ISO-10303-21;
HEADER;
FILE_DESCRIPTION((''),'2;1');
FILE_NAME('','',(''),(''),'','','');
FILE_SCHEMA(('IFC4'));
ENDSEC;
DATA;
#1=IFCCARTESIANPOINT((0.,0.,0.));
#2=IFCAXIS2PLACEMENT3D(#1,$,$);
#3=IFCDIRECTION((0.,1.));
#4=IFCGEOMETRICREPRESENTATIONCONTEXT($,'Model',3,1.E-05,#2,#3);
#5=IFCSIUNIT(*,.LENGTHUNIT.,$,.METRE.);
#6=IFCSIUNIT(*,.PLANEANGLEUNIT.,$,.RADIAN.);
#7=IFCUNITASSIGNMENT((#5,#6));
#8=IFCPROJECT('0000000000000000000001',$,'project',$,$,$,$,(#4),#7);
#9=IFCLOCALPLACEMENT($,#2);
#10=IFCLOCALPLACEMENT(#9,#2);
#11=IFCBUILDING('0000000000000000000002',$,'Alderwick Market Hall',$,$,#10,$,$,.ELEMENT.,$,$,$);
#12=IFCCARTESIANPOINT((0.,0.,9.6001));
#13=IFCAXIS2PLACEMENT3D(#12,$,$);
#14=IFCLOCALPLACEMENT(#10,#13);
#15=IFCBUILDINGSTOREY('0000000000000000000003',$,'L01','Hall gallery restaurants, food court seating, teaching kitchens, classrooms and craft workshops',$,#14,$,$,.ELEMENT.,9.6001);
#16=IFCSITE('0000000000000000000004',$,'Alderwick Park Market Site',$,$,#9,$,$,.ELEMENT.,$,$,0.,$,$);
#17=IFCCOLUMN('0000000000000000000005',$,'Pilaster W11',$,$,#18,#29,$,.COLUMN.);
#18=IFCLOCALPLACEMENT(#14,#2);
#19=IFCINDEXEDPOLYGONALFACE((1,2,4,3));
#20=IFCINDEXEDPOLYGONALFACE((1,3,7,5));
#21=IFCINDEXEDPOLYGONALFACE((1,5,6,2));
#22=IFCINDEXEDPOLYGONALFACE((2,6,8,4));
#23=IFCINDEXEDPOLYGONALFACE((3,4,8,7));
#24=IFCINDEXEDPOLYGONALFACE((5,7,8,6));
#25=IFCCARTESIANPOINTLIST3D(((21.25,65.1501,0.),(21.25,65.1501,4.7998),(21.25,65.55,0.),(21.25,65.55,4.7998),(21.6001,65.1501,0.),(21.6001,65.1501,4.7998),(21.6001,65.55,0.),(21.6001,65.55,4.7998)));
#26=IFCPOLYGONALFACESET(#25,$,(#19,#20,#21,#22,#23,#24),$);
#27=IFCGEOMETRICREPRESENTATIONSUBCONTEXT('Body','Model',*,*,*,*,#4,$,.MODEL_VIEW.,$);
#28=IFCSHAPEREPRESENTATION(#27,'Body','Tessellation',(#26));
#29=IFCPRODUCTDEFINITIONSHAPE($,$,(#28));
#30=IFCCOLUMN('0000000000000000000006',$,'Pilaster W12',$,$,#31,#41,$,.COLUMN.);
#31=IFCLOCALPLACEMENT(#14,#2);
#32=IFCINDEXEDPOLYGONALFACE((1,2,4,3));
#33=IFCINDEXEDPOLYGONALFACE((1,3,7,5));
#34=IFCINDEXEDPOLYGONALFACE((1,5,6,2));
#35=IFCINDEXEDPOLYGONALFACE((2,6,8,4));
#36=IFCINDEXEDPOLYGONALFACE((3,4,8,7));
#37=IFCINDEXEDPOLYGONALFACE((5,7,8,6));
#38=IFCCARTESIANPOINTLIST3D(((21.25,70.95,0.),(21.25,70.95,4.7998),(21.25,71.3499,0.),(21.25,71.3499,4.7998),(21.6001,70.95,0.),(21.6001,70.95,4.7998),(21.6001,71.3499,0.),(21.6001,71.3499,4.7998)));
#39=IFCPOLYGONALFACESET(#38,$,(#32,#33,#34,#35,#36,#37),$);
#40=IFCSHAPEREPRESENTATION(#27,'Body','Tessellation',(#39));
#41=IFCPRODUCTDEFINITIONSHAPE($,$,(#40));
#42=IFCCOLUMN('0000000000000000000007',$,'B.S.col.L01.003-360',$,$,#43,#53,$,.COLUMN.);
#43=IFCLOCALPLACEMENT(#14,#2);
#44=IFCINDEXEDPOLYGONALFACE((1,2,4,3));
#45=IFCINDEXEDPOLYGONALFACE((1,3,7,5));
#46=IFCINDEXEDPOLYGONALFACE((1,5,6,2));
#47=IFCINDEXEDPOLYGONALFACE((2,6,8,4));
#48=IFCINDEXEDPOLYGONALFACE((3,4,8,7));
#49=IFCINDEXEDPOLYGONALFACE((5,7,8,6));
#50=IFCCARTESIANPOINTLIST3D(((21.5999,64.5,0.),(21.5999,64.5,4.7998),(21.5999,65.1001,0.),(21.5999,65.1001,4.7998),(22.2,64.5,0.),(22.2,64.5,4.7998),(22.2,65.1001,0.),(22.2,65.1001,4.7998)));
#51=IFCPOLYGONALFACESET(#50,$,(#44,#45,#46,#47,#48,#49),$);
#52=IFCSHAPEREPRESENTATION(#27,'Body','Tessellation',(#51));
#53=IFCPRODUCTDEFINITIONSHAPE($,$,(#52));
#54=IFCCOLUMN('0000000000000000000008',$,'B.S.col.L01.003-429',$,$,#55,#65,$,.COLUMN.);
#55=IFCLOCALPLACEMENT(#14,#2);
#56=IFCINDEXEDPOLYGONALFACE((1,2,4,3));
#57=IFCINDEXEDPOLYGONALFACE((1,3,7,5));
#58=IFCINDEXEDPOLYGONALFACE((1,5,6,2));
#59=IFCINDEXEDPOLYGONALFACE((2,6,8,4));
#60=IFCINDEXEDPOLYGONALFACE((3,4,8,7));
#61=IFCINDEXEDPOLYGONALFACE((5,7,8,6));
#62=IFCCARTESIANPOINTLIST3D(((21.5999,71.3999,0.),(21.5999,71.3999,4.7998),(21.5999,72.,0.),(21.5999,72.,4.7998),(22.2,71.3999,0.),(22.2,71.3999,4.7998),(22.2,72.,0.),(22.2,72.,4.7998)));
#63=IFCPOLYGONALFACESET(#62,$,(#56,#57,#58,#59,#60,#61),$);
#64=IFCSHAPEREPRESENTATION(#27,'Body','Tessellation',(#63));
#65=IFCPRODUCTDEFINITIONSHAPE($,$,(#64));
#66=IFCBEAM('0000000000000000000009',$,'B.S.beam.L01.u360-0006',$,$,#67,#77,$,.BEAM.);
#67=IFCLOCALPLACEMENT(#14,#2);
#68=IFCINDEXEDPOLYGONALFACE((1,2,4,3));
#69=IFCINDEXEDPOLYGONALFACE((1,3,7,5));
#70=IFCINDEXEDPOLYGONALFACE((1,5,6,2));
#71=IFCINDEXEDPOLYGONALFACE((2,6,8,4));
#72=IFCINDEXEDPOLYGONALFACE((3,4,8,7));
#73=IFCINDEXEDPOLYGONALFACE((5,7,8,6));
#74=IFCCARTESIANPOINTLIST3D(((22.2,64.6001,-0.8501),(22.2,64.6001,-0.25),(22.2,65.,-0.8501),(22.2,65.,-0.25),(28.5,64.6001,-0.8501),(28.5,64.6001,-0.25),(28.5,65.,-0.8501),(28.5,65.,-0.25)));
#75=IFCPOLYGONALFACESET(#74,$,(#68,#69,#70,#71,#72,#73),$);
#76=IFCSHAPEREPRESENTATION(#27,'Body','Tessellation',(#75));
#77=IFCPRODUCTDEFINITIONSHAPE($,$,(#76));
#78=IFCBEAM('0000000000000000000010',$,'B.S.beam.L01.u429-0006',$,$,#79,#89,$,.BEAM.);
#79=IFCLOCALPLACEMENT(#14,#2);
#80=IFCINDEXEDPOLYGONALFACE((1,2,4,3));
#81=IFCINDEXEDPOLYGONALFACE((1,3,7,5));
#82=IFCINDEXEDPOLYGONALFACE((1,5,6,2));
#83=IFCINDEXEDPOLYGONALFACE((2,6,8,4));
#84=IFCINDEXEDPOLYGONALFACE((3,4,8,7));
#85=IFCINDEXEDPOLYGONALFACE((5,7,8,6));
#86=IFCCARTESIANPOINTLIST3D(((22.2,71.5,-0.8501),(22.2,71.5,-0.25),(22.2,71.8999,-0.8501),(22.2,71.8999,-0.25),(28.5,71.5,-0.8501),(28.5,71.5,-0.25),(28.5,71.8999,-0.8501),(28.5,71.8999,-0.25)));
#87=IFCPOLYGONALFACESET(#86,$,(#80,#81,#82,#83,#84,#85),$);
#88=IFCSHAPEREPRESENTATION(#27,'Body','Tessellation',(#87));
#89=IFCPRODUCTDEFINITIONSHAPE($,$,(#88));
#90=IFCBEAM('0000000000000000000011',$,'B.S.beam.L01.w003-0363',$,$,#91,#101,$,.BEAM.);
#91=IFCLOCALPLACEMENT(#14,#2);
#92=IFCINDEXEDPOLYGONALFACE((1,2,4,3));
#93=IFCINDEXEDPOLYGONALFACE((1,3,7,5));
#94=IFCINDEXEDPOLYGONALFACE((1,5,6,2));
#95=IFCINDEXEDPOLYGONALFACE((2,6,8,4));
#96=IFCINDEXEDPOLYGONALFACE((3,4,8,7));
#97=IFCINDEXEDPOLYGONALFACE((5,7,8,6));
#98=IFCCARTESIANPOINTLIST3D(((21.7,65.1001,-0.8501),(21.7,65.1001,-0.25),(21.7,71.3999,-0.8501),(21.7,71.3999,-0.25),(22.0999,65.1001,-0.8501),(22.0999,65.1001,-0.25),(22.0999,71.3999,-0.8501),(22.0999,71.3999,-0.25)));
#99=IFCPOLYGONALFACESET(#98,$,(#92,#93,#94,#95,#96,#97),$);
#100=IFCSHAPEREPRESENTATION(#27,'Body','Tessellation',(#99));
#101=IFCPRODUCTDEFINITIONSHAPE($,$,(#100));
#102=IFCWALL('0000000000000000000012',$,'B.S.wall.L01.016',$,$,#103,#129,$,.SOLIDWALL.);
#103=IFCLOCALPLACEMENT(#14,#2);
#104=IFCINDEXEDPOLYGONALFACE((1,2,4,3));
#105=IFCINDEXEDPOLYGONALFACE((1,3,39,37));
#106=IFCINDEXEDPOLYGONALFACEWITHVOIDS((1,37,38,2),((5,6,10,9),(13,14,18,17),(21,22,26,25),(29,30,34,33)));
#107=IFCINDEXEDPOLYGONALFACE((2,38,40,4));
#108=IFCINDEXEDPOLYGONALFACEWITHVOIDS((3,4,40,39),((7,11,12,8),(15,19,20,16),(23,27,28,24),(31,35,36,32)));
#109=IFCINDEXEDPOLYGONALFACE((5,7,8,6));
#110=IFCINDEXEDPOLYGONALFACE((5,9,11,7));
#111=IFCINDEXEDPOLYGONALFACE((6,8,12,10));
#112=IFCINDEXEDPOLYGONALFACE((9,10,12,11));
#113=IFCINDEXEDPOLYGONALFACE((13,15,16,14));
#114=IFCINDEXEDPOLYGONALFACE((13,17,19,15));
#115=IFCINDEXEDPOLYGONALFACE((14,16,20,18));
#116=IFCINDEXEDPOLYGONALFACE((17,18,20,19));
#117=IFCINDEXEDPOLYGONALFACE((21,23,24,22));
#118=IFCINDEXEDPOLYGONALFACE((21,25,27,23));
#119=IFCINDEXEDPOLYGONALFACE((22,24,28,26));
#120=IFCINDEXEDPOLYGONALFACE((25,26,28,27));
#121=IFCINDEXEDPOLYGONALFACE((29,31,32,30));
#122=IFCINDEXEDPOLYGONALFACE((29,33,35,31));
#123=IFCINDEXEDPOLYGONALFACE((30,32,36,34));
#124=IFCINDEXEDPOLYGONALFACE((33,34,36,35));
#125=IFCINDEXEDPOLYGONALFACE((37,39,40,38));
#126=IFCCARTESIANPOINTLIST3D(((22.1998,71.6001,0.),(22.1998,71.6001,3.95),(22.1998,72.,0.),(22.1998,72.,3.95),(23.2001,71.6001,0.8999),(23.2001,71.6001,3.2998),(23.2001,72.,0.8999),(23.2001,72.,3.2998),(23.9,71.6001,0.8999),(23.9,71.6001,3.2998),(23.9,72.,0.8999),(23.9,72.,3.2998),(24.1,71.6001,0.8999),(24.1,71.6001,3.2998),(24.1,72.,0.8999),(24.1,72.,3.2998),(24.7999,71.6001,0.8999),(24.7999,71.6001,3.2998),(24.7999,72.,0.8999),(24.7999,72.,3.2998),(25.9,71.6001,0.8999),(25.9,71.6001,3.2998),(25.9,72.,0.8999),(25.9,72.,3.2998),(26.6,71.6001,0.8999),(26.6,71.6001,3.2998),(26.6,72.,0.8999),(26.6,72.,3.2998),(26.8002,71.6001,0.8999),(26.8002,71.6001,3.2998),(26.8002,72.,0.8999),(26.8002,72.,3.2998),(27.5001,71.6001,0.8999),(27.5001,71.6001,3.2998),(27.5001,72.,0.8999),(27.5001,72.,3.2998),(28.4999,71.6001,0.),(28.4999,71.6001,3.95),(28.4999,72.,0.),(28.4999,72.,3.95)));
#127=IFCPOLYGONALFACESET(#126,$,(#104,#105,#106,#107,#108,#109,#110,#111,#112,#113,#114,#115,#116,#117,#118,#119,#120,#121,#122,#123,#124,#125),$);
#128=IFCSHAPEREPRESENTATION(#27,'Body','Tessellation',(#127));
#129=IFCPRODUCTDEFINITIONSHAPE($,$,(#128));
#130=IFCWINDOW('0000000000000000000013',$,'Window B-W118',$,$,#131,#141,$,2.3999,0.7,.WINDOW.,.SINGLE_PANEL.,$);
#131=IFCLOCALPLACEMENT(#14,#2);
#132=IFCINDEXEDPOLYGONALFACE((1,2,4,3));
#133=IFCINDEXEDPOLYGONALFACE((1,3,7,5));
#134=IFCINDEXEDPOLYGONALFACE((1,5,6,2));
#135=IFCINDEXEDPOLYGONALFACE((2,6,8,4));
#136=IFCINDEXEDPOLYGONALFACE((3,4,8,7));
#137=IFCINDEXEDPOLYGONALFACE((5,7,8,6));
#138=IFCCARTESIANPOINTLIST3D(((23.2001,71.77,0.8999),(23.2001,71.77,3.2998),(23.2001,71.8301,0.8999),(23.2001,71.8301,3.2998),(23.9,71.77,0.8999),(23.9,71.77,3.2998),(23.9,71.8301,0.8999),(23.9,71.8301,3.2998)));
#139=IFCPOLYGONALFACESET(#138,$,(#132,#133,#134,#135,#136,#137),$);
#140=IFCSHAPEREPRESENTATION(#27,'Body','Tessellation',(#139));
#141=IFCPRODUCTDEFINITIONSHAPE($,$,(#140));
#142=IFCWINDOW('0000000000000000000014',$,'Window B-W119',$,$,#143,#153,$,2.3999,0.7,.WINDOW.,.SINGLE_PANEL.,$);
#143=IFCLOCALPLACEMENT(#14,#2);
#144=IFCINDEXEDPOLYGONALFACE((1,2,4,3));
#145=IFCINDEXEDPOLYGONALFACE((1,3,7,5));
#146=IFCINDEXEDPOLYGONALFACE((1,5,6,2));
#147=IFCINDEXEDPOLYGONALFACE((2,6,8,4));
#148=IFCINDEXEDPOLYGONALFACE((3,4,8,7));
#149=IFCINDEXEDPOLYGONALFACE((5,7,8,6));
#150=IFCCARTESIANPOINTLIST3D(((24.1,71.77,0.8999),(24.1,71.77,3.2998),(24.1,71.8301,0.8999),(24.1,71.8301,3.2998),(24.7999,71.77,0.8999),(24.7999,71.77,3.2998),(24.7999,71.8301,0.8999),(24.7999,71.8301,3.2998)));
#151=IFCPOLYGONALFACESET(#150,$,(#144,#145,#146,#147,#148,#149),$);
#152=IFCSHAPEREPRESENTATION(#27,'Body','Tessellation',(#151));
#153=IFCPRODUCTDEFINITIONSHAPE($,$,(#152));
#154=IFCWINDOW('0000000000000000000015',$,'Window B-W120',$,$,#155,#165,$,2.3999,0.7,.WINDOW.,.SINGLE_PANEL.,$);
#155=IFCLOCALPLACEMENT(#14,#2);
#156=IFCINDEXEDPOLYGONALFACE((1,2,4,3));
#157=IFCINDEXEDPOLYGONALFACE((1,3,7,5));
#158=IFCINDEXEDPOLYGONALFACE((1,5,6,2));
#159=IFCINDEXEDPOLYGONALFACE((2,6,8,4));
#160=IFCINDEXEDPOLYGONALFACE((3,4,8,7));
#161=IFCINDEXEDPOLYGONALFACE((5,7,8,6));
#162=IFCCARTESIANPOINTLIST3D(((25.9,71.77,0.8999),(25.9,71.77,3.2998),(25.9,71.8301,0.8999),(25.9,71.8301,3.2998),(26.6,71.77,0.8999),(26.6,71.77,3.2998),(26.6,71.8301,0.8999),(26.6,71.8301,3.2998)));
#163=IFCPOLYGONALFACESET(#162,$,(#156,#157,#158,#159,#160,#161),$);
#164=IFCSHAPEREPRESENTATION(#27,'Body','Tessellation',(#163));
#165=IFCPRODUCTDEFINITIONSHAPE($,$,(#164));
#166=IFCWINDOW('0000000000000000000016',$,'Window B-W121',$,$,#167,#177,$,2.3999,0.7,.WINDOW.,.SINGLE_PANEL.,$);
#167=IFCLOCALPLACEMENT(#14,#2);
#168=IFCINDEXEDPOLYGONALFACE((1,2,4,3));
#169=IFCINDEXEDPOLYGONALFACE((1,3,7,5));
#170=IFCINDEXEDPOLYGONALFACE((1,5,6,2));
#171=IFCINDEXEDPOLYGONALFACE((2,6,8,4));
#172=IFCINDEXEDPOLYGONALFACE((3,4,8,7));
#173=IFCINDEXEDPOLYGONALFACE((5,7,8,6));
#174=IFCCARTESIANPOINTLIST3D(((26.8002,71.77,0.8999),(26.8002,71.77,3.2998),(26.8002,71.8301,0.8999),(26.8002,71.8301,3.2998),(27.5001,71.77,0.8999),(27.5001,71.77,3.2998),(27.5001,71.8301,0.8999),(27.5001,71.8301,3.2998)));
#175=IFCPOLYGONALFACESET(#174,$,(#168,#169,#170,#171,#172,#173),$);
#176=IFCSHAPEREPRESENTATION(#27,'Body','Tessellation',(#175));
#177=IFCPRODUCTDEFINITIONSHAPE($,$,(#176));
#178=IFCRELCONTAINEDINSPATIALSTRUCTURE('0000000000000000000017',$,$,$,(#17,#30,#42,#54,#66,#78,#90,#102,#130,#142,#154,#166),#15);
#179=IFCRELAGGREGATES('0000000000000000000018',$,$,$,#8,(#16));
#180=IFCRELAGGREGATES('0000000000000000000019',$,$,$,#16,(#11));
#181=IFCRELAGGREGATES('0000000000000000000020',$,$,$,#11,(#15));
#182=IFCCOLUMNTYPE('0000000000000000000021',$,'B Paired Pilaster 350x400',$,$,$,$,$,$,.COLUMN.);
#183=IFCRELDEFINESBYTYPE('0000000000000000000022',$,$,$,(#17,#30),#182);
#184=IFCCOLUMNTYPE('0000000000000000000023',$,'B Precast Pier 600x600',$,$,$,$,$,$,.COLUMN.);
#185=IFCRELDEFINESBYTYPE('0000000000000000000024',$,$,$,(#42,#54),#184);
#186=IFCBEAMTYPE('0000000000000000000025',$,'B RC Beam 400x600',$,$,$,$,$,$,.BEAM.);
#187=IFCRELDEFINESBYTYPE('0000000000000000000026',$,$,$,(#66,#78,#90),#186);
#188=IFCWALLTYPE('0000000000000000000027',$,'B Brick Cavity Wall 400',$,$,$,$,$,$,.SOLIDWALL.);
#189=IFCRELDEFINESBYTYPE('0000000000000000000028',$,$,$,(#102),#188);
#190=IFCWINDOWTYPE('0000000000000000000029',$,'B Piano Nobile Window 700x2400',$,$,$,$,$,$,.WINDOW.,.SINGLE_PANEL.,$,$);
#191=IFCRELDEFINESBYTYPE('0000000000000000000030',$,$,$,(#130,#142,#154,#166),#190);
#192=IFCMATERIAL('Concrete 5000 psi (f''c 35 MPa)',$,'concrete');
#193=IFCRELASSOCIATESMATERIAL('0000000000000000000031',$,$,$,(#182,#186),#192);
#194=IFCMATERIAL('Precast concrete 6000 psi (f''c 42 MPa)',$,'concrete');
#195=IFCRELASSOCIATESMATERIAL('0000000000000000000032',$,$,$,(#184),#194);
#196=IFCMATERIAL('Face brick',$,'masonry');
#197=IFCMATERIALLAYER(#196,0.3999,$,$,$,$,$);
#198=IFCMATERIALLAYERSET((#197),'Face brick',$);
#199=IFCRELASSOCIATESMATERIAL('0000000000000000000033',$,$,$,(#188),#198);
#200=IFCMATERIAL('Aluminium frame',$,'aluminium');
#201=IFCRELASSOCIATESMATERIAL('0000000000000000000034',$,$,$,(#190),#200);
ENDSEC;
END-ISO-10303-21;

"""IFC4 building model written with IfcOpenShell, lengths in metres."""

from ifc_helpers import new_model, si_unit, direction, frame, frame_2d, origin, origin_2d, place, context, subcontext, project, spatial, rectangle, extrude, material, layer, layer_set, material_profile, profile_set, type_object, element, fill, save


model = new_model("IFC4")

# Units and contexts
model_context = context("Model", 3, precision=1e-05, world=origin(), true_north=direction((0.0, 1.0)))
body_context = subcontext(model_context, "Body", "Model", "MODEL_VIEW")
ifc_project = project(units=[si_unit("LENGTHUNIT", "METRE"), si_unit("PLANEANGLEUNIT", "RADIAN")], contexts=[model_context])

# Site, building, storey
site_placement = place(None, origin())
site = spatial("IfcSite", under=ifc_project, at=site_placement, Name="Alderwick Park Market Site", CompositionType="ELEMENT", RefElevation=0.0)
building_placement = place(site_placement, origin())
building = spatial("IfcBuilding", under=site, at=building_placement, Name="Alderwick Market Hall", CompositionType="ELEMENT")
storey_placement = place(building_placement, frame((0.0, 0.0, 9.6001)))
storey = spatial("IfcBuildingStorey", under=building, at=storey_placement, Name="L01", Description="Hall gallery restaurants, food court seating, teaching kitchens, classrooms and craft workshops", CompositionType="ELEMENT", Elevation=9.6001)

# Columns
ifc_material_1 = material(Name="Concrete 5000 psi (f'c 35 MPa)", Category="concrete")
ifc_material_profile_1 = material_profile(ifc_material_1, rectangle(XDim=0.3501, YDim=0.3999, at=origin_2d()), Name="B Paired Pilaster 350x400")
ifc_profile_set_1 = profile_set([ifc_material_profile_1], Name="Concrete 5000 psi (f'c 35 MPa)")
column_type_1 = type_object("IfcColumnType", Name="B Paired Pilaster 350x400", PredefinedType="COLUMN", material=ifc_profile_set_1)
for number, where, z_axis, x_axis, name in (
    (1, (21.425, 65.3501, 0.0), (0.0, 0.0, 1.0), (1.0, 0.0, 0.0), "Pilaster W11"),
    (2, (21.425, 71.1499, 0.0), (0.0, 0.0, 1.0), (1.0, 0.0, 0.0), "Pilaster W12"),
):
    element("IfcColumn", number, at=place(storey_placement, frame(where, z_axis=z_axis, x_axis=x_axis)), inside=storey, type_object=column_type_1, Name=name, PredefinedType="COLUMN", context=body_context, shape_type="SweptSolid", body=[
        extrude(rectangle(XDim=0.3501, YDim=0.3999, at=origin_2d()), origin(), (0.0, 0.0, 1.0), 4.7998),
    ])
ifc_material_2 = material(Name="Precast concrete 6000 psi (f'c 42 MPa)", Category="concrete")
ifc_material_profile_2 = material_profile(ifc_material_2, rectangle(XDim=0.6001, YDim=0.6001, at=origin_2d()), Name="B Precast Pier 600x600")
ifc_profile_set_2 = profile_set([ifc_material_profile_2], Name="Precast concrete 6000 psi (f'c 42 MPa)")
column_type_2 = type_object("IfcColumnType", Name="B Precast Pier 600x600", PredefinedType="COLUMN", material=ifc_profile_set_2)
for number, where, z_axis, x_axis, name in (
    (3, (21.8999, 64.8, 0.0), (0.0, 0.0, 1.0), (1.0, 0.0, 0.0), "B.S.col.L01.003-360"),
    (4, (21.8999, 71.7, 0.0), (0.0, 0.0, 1.0), (1.0, 0.0, 0.0), "B.S.col.L01.003-429"),
):
    element("IfcColumn", number, at=place(storey_placement, frame(where, z_axis=z_axis, x_axis=x_axis)), inside=storey, type_object=column_type_2, Name=name, PredefinedType="COLUMN", context=body_context, shape_type="SweptSolid", body=[
        extrude(rectangle(XDim=0.6001, YDim=0.6001, at=origin_2d()), origin(), (0.0, 0.0, 1.0), 4.7998),
    ])

# Beams
ifc_material_profile_3 = material_profile(ifc_material_1, rectangle(XDim=0.3999, YDim=0.6001, at=origin_2d()), Name="B RC Beam 400x600")
ifc_profile_set_3 = profile_set([ifc_material_profile_3], Name="Concrete 5000 psi (f'c 35 MPa)")
beam_type = type_object("IfcBeamType", Name="B RC Beam 400x600", PredefinedType="BEAM", material=ifc_profile_set_3)
for number, where, z_axis, x_axis, name in (
    (5, (22.2, 64.8, -0.55), (1.0, 0.0, 0.0), (0.0, 1.0, 0.0), "B.S.beam.L01.u360-0006"),
    (6, (22.2, 71.7, -0.55), (1.0, 0.0, 0.0), (0.0, 1.0, 0.0), "B.S.beam.L01.u429-0006"),
):
    element("IfcBeam", number, at=place(storey_placement, frame(where, z_axis=z_axis, x_axis=x_axis)), inside=storey, type_object=beam_type, Name=name, PredefinedType="BEAM", context=body_context, shape_type="SweptSolid", body=[
        extrude(rectangle(XDim=0.3999, YDim=0.6001, at=origin_2d()), origin(), (0.0, 0.0, 1.0), 6.3),
    ])
beam_placement = place(storey_placement, frame((21.8999, 65.1001, -0.55), z_axis=(0.0, 1.0, 0.0), x_axis=(-1.0, 0.0, 0.0)))
element("IfcBeam", 7, at=beam_placement, inside=storey, type_object=beam_type, Name="B.S.beam.L01.w003-0363", PredefinedType="BEAM", context=body_context, shape_type="SweptSolid", body=[
    extrude(rectangle(XDim=0.3999, YDim=0.6001, at=origin_2d()), origin(), (0.0, 0.0, 1.0), 6.2998),
])

# Wall, openings, windows
ifc_material_3 = material(Name="Face brick", Category="masonry")
ifc_layer_1 = layer(ifc_material_3, 0.3999)
ifc_layer_set_1 = layer_set([ifc_layer_1], Name="Face brick")
wall_type_1 = type_object("IfcWallType", Name="B Brick Cavity Wall 400", PredefinedType="SOLIDWALL", material=ifc_layer_set_1)
wall_1_placement = place(storey_placement, frame((22.2, 71.8, 0.0), z_axis=(0.0, 0.0, 1.0), x_axis=(1.0, 0.0, 0.0)))
wall_1 = element("IfcWall", 8, at=wall_1_placement, inside=storey, type_object=wall_type_1, Name="B.S.wall.L01.016", PredefinedType="SOLIDWALL", context=body_context, shape_type="SweptSolid", body=[
    extrude(rectangle(XDim=6.3, YDim=0.3999, at=frame_2d((3.1499, 0.0))), origin(), (0.0, 0.0, 1.0), 3.95),
])
opening_1_placement = place(wall_1_placement, frame((1.0, 0.0, 0.8999)))
opening_1 = element("IfcOpeningElement", 9, at=opening_1_placement, cuts=wall_1, PredefinedType="OPENING", context=body_context, shape_type="SweptSolid", body=[
    extrude(rectangle(XDim=0.7, YDim=2.3999, at=frame_2d((0.3501, 1.2))), frame((0.0, 0.21, 0.0), z_axis=(0.0, -1.0, 0.0), x_axis=(1.0, 0.0, 0.0)), (0.0, 0.0, 1.0), 0.4199),
])
opening_2_placement = place(wall_1_placement, frame((1.8999, 0.0, 0.8999)))
opening_2 = element("IfcOpeningElement", 10, at=opening_2_placement, cuts=wall_1, PredefinedType="OPENING", context=body_context, shape_type="SweptSolid", body=[
    extrude(rectangle(XDim=0.7, YDim=2.3999, at=frame_2d((0.3501, 1.2))), frame((0.0, 0.21, 0.0), z_axis=(0.0, -1.0, 0.0), x_axis=(1.0, 0.0, 0.0)), (0.0, 0.0, 1.0), 0.4199),
])
opening_3_placement = place(wall_1_placement, frame((3.7, 0.0, 0.8999)))
opening_3 = element("IfcOpeningElement", 11, at=opening_3_placement, cuts=wall_1, PredefinedType="OPENING", context=body_context, shape_type="SweptSolid", body=[
    extrude(rectangle(XDim=0.7, YDim=2.3999, at=frame_2d((0.3501, 1.2))), frame((0.0, 0.21, 0.0), z_axis=(0.0, -1.0, 0.0), x_axis=(1.0, 0.0, 0.0)), (0.0, 0.0, 1.0), 0.4199),
])
opening_4_placement = place(wall_1_placement, frame((4.6001, 0.0, 0.8999)))
opening_4 = element("IfcOpeningElement", 12, at=opening_4_placement, cuts=wall_1, PredefinedType="OPENING", context=body_context, shape_type="SweptSolid", body=[
    extrude(rectangle(XDim=0.7, YDim=2.3999, at=frame_2d((0.3501, 1.2))), frame((0.0, 0.21, 0.0), z_axis=(0.0, -1.0, 0.0), x_axis=(1.0, 0.0, 0.0)), (0.0, 0.0, 1.0), 0.4199),
])
ifc_material_4 = material(Name="Aluminium frame", Category="aluminium")
window_type = type_object("IfcWindowType", Name="B Piano Nobile Window 700x2400", PartitioningType="SINGLE_PANEL", PredefinedType="WINDOW", material=ifc_material_4)
window_1_placement = place(opening_1_placement, origin())
window_1 = element("IfcWindow", 13, at=window_1_placement, inside=storey, type_object=window_type, Name="Window B-W118", OverallHeight=2.3999, OverallWidth=0.7, PartitioningType="SINGLE_PANEL", PredefinedType="WINDOW", context=body_context, shape_type="SweptSolid", body=[
    extrude(rectangle(XDim=0.7, YDim=2.3999, at=frame_2d((0.3501, 1.2))), frame((0.0, 0.03, 0.0), z_axis=(0.0, -1.0, 0.0), x_axis=(1.0, 0.0, 0.0)), (0.0, 0.0, 1.0), 0.0601),
])
fill(opening_1, window_1)
window_2_placement = place(opening_2_placement, origin())
window_2 = element("IfcWindow", 14, at=window_2_placement, inside=storey, type_object=window_type, Name="Window B-W119", OverallHeight=2.3999, OverallWidth=0.7, PartitioningType="SINGLE_PANEL", PredefinedType="WINDOW", context=body_context, shape_type="SweptSolid", body=[
    extrude(rectangle(XDim=0.7, YDim=2.3999, at=frame_2d((0.3501, 1.2))), frame((0.0, 0.03, 0.0), z_axis=(0.0, -1.0, 0.0), x_axis=(1.0, 0.0, 0.0)), (0.0, 0.0, 1.0), 0.0601),
])
fill(opening_2, window_2)
window_3_placement = place(opening_3_placement, origin())
window_3 = element("IfcWindow", 15, at=window_3_placement, inside=storey, type_object=window_type, Name="Window B-W120", OverallHeight=2.3999, OverallWidth=0.7, PartitioningType="SINGLE_PANEL", PredefinedType="WINDOW", context=body_context, shape_type="SweptSolid", body=[
    extrude(rectangle(XDim=0.7, YDim=2.3999, at=frame_2d((0.3501, 1.2))), frame((0.0, 0.03, 0.0), z_axis=(0.0, -1.0, 0.0), x_axis=(1.0, 0.0, 0.0)), (0.0, 0.0, 1.0), 0.0601),
])
fill(opening_3, window_3)
window_4_placement = place(opening_4_placement, origin())
window_4 = element("IfcWindow", 16, at=window_4_placement, inside=storey, type_object=window_type, Name="Window B-W121", OverallHeight=2.3999, OverallWidth=0.7, PartitioningType="SINGLE_PANEL", PredefinedType="WINDOW", context=body_context, shape_type="SweptSolid", body=[
    extrude(rectangle(XDim=0.7, YDim=2.3999, at=frame_2d((0.3501, 1.2))), frame((0.0, 0.03, 0.0), z_axis=(0.0, -1.0, 0.0), x_axis=(1.0, 0.0, 0.0)), (0.0, 0.0, 1.0), 0.0601),
])
fill(opening_4, window_4)

save(model, "model.ifc")
